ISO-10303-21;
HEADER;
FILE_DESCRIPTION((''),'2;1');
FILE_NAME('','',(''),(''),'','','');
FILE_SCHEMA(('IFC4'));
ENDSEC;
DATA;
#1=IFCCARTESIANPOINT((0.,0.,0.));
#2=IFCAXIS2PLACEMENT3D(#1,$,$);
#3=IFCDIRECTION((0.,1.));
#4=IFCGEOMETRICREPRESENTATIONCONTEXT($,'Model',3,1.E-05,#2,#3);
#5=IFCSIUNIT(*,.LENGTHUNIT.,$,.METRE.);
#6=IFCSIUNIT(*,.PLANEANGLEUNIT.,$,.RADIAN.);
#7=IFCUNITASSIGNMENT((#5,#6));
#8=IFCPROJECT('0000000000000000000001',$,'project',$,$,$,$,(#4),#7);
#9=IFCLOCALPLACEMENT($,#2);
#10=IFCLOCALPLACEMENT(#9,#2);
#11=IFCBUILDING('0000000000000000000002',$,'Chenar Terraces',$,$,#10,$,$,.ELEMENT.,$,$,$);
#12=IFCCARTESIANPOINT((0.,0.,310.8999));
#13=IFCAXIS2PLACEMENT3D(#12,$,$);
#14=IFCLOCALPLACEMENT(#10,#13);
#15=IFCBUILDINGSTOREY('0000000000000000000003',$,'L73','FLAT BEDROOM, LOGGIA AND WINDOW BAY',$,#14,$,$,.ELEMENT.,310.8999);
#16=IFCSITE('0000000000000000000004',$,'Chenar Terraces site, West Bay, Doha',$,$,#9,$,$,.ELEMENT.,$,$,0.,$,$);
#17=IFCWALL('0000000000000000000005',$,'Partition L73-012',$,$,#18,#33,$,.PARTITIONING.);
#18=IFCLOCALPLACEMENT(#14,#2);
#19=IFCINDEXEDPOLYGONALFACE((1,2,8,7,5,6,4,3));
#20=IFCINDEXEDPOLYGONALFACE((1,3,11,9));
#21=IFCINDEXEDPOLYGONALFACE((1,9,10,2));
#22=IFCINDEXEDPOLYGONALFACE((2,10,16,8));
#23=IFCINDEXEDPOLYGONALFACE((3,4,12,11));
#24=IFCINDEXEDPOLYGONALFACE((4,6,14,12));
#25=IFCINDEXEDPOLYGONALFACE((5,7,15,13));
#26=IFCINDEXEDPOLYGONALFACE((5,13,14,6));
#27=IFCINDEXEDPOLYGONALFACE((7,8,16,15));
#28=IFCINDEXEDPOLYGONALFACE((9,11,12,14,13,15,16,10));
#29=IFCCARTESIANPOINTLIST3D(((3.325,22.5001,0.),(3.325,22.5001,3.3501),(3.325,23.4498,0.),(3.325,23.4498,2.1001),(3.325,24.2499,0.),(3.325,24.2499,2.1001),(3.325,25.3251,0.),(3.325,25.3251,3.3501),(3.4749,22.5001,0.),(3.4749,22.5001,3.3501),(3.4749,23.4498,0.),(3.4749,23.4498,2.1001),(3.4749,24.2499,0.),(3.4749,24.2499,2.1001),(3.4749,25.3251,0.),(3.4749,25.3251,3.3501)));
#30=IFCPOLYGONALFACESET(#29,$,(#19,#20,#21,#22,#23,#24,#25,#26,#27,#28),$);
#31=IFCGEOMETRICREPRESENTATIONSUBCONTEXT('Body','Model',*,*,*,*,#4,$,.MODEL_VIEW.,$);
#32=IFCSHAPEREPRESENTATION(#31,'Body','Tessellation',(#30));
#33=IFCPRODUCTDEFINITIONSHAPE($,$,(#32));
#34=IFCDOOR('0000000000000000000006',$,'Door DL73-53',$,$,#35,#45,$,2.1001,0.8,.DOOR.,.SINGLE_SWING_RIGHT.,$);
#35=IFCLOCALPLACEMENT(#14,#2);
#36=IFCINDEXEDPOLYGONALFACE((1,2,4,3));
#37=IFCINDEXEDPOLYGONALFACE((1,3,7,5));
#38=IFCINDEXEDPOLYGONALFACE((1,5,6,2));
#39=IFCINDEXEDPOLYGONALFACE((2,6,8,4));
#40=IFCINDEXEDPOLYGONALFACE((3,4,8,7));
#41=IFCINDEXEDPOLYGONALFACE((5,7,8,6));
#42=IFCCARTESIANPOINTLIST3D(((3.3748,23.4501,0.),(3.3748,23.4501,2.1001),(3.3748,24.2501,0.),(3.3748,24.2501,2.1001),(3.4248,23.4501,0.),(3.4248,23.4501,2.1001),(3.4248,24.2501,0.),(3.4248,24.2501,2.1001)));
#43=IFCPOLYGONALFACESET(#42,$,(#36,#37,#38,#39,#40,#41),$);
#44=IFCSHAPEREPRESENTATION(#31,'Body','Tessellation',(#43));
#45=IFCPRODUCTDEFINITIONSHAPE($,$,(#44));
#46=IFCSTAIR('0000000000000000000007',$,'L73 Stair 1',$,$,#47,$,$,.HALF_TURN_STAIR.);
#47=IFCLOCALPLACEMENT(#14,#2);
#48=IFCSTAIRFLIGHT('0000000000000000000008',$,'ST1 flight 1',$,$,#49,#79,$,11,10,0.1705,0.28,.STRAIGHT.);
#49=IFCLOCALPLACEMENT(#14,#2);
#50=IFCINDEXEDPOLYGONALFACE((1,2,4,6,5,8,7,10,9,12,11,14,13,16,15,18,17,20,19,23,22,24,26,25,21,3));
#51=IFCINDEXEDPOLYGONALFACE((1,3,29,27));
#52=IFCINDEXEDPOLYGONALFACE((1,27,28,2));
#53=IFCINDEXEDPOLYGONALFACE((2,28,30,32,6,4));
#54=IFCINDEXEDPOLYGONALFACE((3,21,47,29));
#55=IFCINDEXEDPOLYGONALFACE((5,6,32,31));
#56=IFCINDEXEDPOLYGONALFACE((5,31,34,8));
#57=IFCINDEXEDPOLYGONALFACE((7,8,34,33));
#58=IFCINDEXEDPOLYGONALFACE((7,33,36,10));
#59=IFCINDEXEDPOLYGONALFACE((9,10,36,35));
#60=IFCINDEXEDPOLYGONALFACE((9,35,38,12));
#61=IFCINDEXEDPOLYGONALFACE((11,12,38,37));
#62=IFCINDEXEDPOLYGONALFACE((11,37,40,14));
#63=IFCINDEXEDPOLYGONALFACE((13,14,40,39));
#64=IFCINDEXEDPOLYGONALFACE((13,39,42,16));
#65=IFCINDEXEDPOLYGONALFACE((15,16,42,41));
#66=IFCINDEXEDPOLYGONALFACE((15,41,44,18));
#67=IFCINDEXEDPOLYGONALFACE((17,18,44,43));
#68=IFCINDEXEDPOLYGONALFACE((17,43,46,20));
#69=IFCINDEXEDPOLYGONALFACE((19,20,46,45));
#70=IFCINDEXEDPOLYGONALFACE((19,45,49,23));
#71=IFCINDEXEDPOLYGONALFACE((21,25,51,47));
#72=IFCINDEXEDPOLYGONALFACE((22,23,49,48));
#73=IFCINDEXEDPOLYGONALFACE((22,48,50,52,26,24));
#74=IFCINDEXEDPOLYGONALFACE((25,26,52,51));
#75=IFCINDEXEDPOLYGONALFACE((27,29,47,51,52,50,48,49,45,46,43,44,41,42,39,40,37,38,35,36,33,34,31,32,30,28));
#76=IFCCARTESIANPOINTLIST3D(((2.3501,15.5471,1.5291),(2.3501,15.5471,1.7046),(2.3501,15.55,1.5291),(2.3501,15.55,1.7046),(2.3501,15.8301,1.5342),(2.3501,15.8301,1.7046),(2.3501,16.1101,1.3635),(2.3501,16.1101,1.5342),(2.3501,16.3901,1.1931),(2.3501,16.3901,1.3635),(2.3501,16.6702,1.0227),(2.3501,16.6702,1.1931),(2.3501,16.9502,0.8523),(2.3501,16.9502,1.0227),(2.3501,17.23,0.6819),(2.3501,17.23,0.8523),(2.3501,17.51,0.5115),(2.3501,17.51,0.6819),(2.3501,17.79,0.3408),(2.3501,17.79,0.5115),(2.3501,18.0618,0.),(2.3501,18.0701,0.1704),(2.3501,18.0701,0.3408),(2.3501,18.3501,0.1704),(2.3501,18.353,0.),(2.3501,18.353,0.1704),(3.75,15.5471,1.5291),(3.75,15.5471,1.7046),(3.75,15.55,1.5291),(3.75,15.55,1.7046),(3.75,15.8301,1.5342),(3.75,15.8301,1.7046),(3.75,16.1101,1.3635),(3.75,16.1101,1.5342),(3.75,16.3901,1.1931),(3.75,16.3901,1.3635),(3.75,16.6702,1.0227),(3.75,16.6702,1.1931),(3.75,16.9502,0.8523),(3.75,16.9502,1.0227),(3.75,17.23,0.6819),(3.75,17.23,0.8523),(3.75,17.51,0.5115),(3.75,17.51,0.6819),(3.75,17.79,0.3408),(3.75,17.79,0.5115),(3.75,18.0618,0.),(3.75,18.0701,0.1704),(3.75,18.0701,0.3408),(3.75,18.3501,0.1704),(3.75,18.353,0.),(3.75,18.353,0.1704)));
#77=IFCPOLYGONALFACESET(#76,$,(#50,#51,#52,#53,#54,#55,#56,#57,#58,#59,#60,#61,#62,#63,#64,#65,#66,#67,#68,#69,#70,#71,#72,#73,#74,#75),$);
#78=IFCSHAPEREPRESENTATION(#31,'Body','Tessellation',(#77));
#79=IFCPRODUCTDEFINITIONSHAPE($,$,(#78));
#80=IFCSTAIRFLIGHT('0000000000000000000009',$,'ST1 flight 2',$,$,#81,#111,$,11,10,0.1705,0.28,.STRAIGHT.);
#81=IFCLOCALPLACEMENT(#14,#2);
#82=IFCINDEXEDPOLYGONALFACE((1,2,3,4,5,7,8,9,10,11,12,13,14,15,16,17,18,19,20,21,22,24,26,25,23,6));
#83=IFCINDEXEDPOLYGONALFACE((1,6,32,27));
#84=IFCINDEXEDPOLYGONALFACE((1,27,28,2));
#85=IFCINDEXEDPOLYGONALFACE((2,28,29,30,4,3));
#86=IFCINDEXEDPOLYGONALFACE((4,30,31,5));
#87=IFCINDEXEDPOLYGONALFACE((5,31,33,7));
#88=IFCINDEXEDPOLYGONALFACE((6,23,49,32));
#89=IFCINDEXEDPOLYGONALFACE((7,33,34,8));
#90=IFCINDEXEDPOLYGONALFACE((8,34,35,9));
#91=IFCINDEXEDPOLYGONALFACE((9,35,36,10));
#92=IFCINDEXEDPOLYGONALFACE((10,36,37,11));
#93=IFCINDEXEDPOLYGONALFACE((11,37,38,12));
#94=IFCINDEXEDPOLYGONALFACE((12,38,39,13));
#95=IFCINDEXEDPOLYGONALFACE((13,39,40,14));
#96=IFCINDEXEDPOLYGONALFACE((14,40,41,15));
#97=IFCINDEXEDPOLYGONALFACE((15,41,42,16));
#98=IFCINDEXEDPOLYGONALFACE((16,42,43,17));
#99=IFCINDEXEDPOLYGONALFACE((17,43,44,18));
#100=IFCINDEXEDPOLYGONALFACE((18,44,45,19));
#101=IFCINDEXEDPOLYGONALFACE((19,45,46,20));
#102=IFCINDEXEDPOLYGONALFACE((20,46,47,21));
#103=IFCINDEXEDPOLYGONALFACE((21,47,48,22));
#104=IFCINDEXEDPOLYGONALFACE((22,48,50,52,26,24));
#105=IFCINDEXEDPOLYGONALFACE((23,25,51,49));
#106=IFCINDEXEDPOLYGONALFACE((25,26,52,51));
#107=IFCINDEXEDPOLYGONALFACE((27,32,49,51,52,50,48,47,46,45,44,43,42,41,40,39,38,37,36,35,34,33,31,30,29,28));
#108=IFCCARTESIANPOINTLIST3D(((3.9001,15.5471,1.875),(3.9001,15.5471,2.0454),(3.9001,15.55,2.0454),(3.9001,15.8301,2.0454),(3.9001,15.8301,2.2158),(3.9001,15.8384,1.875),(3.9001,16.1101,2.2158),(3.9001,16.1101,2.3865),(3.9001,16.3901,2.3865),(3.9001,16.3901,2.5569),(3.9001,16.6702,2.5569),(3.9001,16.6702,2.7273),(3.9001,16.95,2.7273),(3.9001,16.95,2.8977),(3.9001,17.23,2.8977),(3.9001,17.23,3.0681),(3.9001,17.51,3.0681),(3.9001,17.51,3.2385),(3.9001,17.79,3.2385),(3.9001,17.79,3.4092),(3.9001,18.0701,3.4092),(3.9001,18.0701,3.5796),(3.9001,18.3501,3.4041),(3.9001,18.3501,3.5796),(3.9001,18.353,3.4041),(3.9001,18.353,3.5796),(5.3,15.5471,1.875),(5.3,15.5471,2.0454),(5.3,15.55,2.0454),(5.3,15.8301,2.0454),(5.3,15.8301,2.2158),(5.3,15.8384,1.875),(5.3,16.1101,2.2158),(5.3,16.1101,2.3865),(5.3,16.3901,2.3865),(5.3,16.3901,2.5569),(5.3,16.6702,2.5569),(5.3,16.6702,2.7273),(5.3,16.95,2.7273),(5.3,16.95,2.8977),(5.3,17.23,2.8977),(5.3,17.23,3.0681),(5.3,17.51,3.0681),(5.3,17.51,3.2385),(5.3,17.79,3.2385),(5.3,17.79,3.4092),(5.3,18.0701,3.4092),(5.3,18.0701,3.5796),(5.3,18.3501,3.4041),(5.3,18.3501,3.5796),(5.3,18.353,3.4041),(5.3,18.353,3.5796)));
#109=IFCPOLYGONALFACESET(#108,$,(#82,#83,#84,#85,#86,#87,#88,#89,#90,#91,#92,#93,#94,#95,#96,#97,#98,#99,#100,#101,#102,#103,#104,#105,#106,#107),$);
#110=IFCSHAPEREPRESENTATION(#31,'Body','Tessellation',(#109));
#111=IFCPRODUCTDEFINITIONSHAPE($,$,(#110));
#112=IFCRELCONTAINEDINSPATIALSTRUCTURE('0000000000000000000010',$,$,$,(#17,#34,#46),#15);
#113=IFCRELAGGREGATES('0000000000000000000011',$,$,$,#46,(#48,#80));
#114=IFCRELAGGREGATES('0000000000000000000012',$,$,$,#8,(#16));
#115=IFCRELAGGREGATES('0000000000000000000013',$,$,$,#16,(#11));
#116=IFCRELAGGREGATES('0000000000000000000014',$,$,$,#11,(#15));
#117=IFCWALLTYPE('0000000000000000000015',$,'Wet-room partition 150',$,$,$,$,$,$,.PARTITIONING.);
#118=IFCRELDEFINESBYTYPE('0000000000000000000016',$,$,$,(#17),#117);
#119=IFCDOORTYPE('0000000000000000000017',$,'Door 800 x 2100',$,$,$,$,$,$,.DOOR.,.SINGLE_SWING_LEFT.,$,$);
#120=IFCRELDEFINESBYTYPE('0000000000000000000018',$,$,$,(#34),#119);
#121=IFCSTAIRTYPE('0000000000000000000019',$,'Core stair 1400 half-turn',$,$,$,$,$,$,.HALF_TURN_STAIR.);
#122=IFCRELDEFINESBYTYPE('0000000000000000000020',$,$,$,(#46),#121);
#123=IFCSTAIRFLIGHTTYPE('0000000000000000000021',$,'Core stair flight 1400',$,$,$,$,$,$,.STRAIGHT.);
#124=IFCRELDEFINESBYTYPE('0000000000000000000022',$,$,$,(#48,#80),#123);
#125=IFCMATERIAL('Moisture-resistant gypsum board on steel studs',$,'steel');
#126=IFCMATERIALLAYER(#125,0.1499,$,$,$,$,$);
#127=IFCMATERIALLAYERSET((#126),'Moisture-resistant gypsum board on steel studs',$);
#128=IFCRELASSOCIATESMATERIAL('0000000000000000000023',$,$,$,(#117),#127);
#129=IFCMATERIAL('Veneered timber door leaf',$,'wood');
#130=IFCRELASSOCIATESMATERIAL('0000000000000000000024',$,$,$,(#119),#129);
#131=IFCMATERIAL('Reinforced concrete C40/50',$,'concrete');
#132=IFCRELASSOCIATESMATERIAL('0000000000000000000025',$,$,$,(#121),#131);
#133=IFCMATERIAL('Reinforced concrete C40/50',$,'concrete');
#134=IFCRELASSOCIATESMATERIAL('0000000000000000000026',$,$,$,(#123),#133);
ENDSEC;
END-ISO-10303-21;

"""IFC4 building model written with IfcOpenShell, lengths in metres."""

from ifc_helpers import new_model, si_unit, direction, frame, frame_2d, origin, place, context, subcontext, project, spatial, polyline, rectangle, outline, extrude, material, layer, layer_set, type_object, element, fill, aggregate, save


model = new_model("IFC4")

# Units and contexts
model_context = context("Model", 3, precision=1e-05, world=origin(), true_north=direction((0.0, 1.0)))
body_context = subcontext(model_context, "Body", "Model", "MODEL_VIEW")
ifc_project = project(units=[si_unit("LENGTHUNIT", "METRE"), si_unit("PLANEANGLEUNIT", "RADIAN")], contexts=[model_context])

# Site, building, storey
site_placement = place(None, origin())
site = spatial("IfcSite", under=ifc_project, at=site_placement, Name="Chenar Terraces site, West Bay, Doha", CompositionType="ELEMENT", RefElevation=0.0)
building_placement = place(site_placement, origin())
building = spatial("IfcBuilding", under=site, at=building_placement, Name="Chenar Terraces", CompositionType="ELEMENT")
storey_placement = place(building_placement, frame((0.0, 0.0, 310.8999)))
storey = spatial("IfcBuildingStorey", under=building, at=storey_placement, Name="L73", Description="FLAT BEDROOM, LOGGIA AND WINDOW BAY", CompositionType="ELEMENT", Elevation=310.8999)

# Shared definitions
ifc_material_1 = material(Name="Moisture-resistant gypsum board on steel studs", Category="steel")
ifc_layer_1 = layer(ifc_material_1, 0.1499)
ifc_layer_set_1 = layer_set([ifc_layer_1], Name="Moisture-resistant gypsum board on steel studs")
wall_type_1 = type_object("IfcWallType", Name="Wet-room partition 150", PredefinedType="PARTITIONING", material=ifc_layer_set_1)

# Wall, opening, door
wall_1_placement = place(storey_placement, frame((3.3999, 22.5, 0.0), z_axis=(0.0, 0.0, 1.0), x_axis=(0.0, 1.0, 0.0)))
wall_1 = element("IfcWall", 1, at=wall_1_placement, inside=storey, type_object=wall_type_1, Name="Partition L73-012", PredefinedType="PARTITIONING", context=body_context, shape_type="SweptSolid", body=[
    extrude(rectangle(XDim=2.825, YDim=0.1499, at=frame_2d((1.4126, 0.0))), origin(), (0.0, 0.0, 1.0), 3.3501),
])
opening_1_placement = place(wall_1_placement, frame((0.95, 0.0, 0.0)))
opening_1 = element("IfcOpeningElement", 2, at=opening_1_placement, cuts=wall_1, PredefinedType="OPENING", context=body_context, shape_type="SweptSolid", body=[
    extrude(rectangle(XDim=0.8, YDim=2.1001, at=frame_2d((0.3999, 1.05))), frame((0.0, 0.085, 0.0), z_axis=(0.0, -1.0, 0.0), x_axis=(1.0, 0.0, 0.0)), (0.0, 0.0, 1.0), 0.1699),
])
ifc_material_2 = material(Name="Veneered timber door leaf", Category="wood")
door_type_1 = type_object("IfcDoorType", Name="Door 800 x 2100", OperationType="SINGLE_SWING_LEFT", PredefinedType="DOOR", material=ifc_material_2)
door_1_placement = place(opening_1_placement, frame((0.8, 0.0, 0.0), z_axis=(0.0, 0.0, 1.0), x_axis=(-1.0, 0.0, 0.0)))
door_1 = element("IfcDoor", 3, at=door_1_placement, inside=storey, type_object=door_type_1, Name="Door DL73-53", OperationType="SINGLE_SWING_RIGHT", OverallHeight=2.1001, OverallWidth=0.8, PredefinedType="DOOR", context=body_context, shape_type="SweptSolid", body=[
    extrude(rectangle(XDim=0.8, YDim=2.1001, at=frame_2d((0.3999, 1.05))), frame((0.0, 0.0249, 0.0), z_axis=(0.0, -1.0, 0.0), x_axis=(1.0, 0.0, 0.0)), (0.0, 0.0, 1.0), 0.05),
])
fill(opening_1, door_1)

# Stair, stair flights
ifc_material_3 = material(Name="Reinforced concrete C40/50", Category="concrete")
stair_type = type_object("IfcStairType", Name="Core stair 1400 half-turn", PredefinedType="HALF_TURN_STAIR", material=ifc_material_3)
stair_placement = place(storey_placement, origin())
stair = element("IfcStair", 4, at=stair_placement, inside=storey, type_object=stair_type, Name="L73 Stair 1", PredefinedType="HALF_TURN_STAIR")
ifc_material_4 = material(Name="Reinforced concrete C40/50", Category="concrete")
stair_flight_type = type_object("IfcStairFlightType", Name="Core stair flight 1400", PredefinedType="STRAIGHT", material=ifc_material_4)
stair_flight_1_placement = place(storey_placement, frame((3.05, 18.3501, 0.0), z_axis=(0.0, 0.0, 1.0), x_axis=(0.0, -1.0, 0.0)))
stair_flight_1 = element("IfcStairFlight", 5, at=stair_flight_1_placement, type_object=stair_flight_type, Name="ST1 flight 1", NumberOfRisers=11, NumberOfTreads=10, PredefinedType="STRAIGHT", RiserHeight=0.1705, TreadLength=0.28, context=body_context, shape_type="SweptSolid", body=[
    extrude(outline(polyline([(-0.0029, 0.0), (-0.0029, 0.1704), (0.0, 0.1704), (0.28, 0.1704), (0.28, 0.3408), (0.5601, 0.3408), (0.5601, 0.5115), (0.8401, 0.5115), (0.8401, 0.6819), (1.1201, 0.6819), (1.1201, 0.8523), (1.3999, 0.8523), (1.3999, 1.0227), (1.6799, 1.0227), (1.6799, 1.1931), (1.96, 1.1931), (1.96, 1.3635), (2.24, 1.3635), (2.24, 1.5342), (2.52, 1.5342), (2.52, 1.7046), (2.8, 1.7046), (2.803, 1.7046), (2.803, 1.5291), (2.8, 1.5291), (0.2883, 0.0), (-0.0029, 0.0)])), frame((0.0, 0.7, 0.0), z_axis=(0.0, -1.0, 0.0), x_axis=(1.0, 0.0, 0.0)), (0.0, 0.0, 1.0), 1.3999),
])
stair_flight_2_placement = place(storey_placement, frame((4.6001, 15.55, 1.875), z_axis=(0.0, 0.0, 1.0), x_axis=(0.0, 1.0, 0.0)))
stair_flight_2 = element("IfcStairFlight", 6, at=stair_flight_2_placement, type_object=stair_flight_type, Name="ST1 flight 2", NumberOfRisers=11, NumberOfTreads=10, PredefinedType="STRAIGHT", RiserHeight=0.1705, TreadLength=0.28, context=body_context, shape_type="SweptSolid", body=[
    extrude(outline(polyline([(-0.0029, 0.0), (-0.0029, 0.1704), (0.0, 0.1704), (0.28, 0.1704), (0.28, 0.3408), (0.5601, 0.3408), (0.5601, 0.5115), (0.8401, 0.5115), (0.8401, 0.6819), (1.1201, 0.6819), (1.1201, 0.8523), (1.3999, 0.8523), (1.3999, 1.0227), (1.6799, 1.0227), (1.6799, 1.1931), (1.96, 1.1931), (1.96, 1.3635), (2.24, 1.3635), (2.24, 1.5342), (2.52, 1.5342), (2.52, 1.7046), (2.8, 1.7046), (2.803, 1.7046), (2.803, 1.5291), (2.8, 1.5291), (0.2883, 0.0), (-0.0029, 0.0)])), frame((0.0, 0.7, 0.0), z_axis=(0.0, -1.0, 0.0), x_axis=(1.0, 0.0, 0.0)), (0.0, 0.0, 1.0), 1.3999),
])
aggregate(stair, [stair_flight_1, stair_flight_2])

save(model, "model.ifc")
